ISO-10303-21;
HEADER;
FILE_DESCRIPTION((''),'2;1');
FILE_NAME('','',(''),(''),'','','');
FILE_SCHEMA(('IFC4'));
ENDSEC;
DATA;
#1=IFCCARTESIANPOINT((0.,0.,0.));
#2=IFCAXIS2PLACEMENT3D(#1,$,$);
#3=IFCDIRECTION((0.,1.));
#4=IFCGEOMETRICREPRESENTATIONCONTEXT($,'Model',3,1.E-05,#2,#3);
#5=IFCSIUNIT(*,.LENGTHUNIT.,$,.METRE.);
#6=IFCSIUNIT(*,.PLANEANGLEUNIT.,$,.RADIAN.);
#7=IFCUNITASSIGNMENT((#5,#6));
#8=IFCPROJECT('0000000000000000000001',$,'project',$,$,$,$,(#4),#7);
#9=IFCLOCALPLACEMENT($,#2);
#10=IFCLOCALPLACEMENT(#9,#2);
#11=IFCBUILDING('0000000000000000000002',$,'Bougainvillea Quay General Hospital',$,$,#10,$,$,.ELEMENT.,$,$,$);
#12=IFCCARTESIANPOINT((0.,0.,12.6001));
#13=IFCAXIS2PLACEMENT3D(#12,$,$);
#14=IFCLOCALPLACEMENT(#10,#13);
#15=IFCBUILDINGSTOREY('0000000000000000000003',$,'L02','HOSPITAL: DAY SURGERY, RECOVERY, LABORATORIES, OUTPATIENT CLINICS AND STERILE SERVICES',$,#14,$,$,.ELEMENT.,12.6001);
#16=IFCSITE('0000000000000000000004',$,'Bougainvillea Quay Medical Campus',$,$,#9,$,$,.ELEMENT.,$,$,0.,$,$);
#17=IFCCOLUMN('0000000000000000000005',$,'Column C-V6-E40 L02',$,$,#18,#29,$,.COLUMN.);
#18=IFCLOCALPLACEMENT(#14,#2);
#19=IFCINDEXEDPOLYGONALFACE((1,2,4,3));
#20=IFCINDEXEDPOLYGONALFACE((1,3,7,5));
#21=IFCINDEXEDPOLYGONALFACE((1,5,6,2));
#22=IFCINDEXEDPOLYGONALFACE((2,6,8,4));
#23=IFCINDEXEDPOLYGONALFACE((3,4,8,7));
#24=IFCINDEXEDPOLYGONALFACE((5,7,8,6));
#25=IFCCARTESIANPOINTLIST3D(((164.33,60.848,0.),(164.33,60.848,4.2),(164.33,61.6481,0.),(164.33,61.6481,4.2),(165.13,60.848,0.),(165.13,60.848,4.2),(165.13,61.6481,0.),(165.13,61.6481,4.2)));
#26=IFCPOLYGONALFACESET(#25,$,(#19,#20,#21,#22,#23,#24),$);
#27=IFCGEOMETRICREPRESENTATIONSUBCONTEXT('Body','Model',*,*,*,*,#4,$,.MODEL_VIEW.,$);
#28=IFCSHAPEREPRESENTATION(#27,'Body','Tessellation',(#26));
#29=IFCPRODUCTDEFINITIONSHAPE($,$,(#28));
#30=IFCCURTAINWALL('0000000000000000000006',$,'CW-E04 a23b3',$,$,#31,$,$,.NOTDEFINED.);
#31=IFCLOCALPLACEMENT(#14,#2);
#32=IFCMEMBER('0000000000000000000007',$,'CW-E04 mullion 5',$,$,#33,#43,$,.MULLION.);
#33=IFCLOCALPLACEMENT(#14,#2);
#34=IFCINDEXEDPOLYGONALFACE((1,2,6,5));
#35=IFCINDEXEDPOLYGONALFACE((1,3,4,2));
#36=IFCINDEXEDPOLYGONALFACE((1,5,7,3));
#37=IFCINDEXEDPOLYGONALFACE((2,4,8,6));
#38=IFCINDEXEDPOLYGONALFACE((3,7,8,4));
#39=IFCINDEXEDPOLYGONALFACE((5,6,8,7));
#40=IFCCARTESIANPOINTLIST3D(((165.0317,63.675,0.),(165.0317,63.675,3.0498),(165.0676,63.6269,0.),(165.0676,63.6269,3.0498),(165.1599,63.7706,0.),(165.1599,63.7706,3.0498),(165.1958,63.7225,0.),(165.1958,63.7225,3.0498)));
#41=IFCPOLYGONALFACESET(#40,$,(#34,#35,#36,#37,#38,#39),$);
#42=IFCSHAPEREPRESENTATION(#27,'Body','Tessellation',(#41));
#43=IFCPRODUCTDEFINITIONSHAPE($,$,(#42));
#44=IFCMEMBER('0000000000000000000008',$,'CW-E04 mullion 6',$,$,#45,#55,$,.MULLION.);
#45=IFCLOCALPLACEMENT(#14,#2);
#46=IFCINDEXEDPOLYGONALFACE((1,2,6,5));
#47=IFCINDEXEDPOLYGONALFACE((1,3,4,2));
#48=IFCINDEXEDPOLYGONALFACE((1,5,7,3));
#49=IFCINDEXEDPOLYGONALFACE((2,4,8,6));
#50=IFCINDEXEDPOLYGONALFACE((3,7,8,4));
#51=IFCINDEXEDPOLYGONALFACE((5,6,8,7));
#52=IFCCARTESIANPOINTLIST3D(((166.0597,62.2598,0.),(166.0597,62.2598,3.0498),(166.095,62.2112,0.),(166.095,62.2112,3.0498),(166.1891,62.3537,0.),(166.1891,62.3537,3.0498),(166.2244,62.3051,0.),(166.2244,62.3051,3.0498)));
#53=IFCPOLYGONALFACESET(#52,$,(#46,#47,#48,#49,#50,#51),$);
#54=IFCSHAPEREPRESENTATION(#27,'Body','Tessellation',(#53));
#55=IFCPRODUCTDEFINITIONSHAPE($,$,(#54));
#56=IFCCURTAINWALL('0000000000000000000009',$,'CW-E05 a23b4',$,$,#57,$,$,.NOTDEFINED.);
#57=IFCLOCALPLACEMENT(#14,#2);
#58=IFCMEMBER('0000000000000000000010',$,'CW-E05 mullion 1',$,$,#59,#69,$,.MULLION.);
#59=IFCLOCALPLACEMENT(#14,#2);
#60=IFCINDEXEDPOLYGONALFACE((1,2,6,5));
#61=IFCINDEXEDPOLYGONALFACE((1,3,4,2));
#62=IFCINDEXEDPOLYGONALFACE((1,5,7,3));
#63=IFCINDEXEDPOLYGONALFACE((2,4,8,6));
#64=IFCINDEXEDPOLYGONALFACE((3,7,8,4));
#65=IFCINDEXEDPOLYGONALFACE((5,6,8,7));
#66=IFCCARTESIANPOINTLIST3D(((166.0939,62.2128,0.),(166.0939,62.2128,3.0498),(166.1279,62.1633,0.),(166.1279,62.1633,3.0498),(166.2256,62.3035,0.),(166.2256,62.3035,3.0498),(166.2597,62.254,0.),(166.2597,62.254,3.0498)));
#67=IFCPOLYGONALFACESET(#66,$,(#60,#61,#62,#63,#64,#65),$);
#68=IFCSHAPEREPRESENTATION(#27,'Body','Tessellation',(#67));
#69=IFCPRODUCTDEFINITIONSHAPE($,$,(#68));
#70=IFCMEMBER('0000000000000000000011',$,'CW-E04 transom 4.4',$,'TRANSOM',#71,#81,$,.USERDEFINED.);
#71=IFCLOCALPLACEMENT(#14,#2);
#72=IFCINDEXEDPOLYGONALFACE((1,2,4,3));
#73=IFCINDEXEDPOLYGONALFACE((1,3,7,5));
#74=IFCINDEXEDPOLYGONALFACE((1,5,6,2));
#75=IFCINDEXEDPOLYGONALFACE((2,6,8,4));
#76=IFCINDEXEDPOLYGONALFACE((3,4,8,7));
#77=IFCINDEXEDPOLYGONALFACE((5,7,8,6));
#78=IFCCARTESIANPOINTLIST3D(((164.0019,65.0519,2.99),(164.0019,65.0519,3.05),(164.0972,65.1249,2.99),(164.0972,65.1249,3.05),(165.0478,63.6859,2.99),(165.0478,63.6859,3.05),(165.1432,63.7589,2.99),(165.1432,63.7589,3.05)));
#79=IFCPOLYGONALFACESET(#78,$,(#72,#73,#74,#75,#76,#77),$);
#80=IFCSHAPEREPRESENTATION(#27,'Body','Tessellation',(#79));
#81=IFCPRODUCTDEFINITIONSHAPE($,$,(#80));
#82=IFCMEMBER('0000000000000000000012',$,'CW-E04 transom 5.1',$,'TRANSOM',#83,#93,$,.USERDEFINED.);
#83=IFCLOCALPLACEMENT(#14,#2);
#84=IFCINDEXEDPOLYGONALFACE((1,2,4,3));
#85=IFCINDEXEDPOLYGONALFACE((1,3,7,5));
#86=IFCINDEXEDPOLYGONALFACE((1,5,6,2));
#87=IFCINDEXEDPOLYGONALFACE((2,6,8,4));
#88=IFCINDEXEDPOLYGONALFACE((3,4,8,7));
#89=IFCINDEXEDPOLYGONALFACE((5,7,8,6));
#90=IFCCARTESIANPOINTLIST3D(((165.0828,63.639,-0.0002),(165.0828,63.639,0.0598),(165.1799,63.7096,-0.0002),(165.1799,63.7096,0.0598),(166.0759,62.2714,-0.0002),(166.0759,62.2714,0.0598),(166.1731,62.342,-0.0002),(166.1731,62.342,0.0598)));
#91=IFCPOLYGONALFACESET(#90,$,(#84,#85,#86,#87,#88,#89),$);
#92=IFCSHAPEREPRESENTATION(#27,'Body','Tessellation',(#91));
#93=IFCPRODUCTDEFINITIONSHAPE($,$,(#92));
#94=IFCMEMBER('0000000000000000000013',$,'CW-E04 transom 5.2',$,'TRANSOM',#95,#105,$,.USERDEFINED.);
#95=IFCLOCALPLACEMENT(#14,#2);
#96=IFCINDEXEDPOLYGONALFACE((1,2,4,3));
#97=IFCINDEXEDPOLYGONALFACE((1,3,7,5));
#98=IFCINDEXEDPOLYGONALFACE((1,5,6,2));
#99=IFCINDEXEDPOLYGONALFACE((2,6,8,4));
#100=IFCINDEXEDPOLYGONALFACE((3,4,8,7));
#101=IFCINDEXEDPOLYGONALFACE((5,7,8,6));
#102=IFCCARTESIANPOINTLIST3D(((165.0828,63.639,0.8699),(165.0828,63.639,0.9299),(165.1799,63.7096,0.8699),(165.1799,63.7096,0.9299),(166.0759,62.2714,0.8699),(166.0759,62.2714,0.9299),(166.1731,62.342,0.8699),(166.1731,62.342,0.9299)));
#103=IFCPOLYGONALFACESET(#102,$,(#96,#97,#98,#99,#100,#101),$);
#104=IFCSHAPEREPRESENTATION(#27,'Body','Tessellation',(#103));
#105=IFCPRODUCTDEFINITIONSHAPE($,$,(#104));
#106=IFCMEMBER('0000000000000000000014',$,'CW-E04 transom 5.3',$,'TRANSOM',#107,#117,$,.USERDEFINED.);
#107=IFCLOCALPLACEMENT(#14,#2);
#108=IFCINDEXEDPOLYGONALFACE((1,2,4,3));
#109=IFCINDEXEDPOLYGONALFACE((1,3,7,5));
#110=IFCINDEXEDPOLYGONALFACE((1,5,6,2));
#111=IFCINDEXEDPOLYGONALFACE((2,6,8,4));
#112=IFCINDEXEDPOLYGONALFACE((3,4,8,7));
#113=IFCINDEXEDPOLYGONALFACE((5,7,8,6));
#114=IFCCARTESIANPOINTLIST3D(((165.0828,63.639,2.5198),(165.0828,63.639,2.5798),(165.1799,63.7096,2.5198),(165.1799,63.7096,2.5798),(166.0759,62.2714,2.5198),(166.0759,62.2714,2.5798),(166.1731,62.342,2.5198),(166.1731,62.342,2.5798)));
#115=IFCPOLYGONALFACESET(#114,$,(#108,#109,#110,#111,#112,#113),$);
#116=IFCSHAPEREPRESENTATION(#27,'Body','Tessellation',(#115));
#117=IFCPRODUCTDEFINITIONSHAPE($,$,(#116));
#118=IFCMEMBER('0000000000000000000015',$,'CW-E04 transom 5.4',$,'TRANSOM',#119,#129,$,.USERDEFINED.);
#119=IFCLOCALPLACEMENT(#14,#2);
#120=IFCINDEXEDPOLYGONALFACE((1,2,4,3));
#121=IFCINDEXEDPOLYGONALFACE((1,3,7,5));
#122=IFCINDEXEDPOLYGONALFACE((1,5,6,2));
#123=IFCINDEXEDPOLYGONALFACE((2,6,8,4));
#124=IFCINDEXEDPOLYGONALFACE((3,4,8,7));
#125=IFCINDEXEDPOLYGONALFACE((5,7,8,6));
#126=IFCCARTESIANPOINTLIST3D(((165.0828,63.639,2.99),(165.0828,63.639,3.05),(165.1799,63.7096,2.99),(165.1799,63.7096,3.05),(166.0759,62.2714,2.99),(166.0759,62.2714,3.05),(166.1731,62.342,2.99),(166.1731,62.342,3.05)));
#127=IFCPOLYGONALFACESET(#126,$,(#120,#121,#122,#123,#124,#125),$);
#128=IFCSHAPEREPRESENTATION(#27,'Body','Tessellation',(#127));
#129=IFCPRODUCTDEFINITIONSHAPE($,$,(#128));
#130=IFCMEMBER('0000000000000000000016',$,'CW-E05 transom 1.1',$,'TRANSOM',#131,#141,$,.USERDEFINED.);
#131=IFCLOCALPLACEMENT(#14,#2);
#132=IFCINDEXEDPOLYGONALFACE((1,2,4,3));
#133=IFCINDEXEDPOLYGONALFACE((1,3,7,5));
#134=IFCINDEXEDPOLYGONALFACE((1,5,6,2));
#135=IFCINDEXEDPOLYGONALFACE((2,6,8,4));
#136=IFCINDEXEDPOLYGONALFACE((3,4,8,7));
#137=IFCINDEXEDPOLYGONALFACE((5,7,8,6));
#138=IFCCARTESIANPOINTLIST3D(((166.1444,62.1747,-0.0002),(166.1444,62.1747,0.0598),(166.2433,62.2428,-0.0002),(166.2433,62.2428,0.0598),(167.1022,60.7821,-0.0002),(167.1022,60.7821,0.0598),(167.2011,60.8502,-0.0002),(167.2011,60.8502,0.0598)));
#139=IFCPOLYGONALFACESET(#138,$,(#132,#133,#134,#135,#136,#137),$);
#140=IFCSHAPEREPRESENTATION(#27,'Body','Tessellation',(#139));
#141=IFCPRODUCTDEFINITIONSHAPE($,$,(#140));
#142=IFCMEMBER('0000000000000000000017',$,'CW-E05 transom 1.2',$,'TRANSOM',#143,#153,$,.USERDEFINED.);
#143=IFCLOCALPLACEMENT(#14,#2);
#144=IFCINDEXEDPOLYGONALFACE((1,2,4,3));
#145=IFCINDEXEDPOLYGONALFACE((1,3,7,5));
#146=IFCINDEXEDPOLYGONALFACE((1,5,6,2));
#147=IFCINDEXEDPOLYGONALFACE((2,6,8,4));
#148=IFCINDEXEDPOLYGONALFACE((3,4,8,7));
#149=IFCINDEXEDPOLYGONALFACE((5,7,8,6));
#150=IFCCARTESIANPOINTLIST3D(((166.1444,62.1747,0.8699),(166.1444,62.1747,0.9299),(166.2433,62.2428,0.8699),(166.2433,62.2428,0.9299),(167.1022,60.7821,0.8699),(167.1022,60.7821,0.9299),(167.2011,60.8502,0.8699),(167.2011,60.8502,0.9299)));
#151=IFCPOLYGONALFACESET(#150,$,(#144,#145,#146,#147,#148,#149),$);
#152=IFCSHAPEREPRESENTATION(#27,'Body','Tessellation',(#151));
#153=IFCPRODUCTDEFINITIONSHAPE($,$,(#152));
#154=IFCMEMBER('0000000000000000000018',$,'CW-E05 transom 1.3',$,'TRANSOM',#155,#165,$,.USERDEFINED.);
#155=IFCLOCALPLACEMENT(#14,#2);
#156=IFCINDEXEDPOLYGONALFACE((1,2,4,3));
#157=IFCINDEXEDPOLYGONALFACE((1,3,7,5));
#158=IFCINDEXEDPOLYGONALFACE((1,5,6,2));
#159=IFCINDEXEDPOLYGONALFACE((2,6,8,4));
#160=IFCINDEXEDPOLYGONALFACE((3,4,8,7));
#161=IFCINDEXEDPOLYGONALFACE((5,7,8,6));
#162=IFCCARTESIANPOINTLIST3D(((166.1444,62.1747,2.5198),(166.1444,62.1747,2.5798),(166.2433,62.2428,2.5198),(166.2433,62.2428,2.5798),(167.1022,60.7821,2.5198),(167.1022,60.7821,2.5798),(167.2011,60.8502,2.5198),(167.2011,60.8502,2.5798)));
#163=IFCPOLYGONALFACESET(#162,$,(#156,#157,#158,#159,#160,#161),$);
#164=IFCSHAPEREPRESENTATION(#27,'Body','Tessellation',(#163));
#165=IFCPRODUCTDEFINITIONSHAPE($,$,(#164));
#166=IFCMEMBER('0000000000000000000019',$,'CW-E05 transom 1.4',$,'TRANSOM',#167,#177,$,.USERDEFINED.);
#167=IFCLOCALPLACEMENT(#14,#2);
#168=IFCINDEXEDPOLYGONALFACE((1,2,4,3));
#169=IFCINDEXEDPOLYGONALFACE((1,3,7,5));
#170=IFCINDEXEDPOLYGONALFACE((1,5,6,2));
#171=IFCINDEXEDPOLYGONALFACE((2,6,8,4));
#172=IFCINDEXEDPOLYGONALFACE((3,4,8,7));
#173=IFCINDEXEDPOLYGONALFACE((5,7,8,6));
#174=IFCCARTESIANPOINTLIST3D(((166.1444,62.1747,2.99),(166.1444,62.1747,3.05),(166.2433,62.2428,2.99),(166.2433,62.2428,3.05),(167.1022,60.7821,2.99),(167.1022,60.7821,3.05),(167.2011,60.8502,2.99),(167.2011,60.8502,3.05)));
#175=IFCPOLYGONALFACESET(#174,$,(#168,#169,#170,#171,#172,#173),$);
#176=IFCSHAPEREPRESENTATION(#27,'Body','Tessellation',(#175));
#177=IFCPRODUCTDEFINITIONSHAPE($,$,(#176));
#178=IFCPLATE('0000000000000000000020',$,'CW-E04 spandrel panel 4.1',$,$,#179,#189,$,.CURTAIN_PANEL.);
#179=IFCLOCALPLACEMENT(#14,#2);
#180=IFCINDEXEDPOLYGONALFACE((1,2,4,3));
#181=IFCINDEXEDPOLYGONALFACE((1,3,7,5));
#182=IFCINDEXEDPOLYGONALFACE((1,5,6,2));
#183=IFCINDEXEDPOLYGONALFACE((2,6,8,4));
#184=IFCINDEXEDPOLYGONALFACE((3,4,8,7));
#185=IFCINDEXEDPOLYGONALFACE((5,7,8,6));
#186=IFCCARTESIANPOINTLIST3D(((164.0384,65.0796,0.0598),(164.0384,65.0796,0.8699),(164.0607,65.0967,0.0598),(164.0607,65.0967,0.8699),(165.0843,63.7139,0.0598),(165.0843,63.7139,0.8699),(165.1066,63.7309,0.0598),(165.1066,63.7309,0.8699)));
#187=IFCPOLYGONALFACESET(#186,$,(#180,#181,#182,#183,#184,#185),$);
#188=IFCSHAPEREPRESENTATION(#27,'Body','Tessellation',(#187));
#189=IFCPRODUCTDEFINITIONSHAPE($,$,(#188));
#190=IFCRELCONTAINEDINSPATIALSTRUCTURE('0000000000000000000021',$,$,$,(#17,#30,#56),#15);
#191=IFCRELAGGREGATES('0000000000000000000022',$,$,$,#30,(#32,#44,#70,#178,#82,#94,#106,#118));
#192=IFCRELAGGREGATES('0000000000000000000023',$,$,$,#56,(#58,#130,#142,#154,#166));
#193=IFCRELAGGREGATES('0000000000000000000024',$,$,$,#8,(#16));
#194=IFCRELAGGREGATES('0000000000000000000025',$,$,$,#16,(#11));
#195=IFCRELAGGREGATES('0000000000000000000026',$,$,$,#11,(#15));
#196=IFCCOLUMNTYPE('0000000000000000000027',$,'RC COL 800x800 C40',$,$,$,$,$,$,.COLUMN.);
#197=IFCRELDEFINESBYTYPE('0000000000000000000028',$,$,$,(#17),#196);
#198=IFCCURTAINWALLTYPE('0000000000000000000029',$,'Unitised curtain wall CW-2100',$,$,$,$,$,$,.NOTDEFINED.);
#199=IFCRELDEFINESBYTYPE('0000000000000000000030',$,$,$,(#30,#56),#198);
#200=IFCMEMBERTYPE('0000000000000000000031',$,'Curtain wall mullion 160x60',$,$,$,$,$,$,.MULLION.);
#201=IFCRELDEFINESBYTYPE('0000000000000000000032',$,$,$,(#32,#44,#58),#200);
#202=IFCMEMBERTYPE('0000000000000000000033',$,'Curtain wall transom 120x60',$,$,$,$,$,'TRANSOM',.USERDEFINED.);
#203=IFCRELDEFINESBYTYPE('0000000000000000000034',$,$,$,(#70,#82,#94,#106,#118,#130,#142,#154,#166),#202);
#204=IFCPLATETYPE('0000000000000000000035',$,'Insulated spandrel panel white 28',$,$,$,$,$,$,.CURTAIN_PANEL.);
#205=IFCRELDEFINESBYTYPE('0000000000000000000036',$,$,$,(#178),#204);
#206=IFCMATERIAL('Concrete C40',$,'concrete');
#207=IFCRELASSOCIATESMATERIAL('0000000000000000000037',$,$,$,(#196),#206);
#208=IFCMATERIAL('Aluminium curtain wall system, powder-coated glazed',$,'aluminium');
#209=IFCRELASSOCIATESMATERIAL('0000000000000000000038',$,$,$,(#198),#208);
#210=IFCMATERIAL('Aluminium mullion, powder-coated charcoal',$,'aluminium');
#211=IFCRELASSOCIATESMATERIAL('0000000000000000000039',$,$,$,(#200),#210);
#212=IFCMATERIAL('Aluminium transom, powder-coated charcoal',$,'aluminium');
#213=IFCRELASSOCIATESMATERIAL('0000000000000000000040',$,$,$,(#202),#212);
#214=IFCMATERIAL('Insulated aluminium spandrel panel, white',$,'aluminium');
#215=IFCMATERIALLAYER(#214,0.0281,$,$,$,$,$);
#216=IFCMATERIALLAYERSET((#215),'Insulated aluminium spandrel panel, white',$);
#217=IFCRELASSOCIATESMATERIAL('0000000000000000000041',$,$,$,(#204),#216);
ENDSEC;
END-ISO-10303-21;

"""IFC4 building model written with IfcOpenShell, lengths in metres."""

from ifc_helpers import new_model, si_unit, direction, frame, origin, origin_2d, place, context, subcontext, project, spatial, rectangle, extrude, material, layer, layer_set, material_profile, profile_set, type_object, element, aggregate, save


model = new_model("IFC4")

# Units and contexts
model_context = context("Model", 3, precision=1e-05, world=origin(), true_north=direction((0.0, 1.0)))
body_context = subcontext(model_context, "Body", "Model", "MODEL_VIEW")
ifc_project = project(units=[si_unit("LENGTHUNIT", "METRE"), si_unit("PLANEANGLEUNIT", "RADIAN")], contexts=[model_context])

# Site, building, storey
site_placement = place(None, origin())
site = spatial("IfcSite", under=ifc_project, at=site_placement, Name="Bougainvillea Quay Medical Campus", CompositionType="ELEMENT", RefElevation=0.0)
building_placement = place(site_placement, origin())
building = spatial("IfcBuilding", under=site, at=building_placement, Name="Bougainvillea Quay General Hospital", CompositionType="ELEMENT")
storey_placement = place(building_placement, frame((0.0, 0.0, 12.6001)))
storey = spatial("IfcBuildingStorey", under=building, at=storey_placement, Name="L02", Description="HOSPITAL: DAY SURGERY, RECOVERY, LABORATORIES, OUTPATIENT CLINICS AND STERILE SERVICES", CompositionType="ELEMENT", Elevation=12.6001)

# Column
ifc_material_1 = material(Name="Concrete C40", Category="concrete")
ifc_material_profile_1 = material_profile(ifc_material_1, rectangle(XDim=0.8, YDim=0.8, at=origin_2d()))
ifc_profile_set_1 = profile_set([ifc_material_profile_1], Name="Concrete C40")
column_type = type_object("IfcColumnType", Name="RC COL 800x800 C40", PredefinedType="COLUMN", material=ifc_profile_set_1)
column_placement = place(storey_placement, frame((164.73, 61.248, 0.0), z_axis=(0.0, 0.0, 1.0), x_axis=(1.0, 0.0, 0.0)))
element("IfcColumn", 1, at=column_placement, inside=storey, type_object=column_type, Name="Column C-V6-E40 L02", PredefinedType="COLUMN", context=body_context, shape_type="SweptSolid", body=[
    extrude(rectangle(XDim=0.8, YDim=0.8, at=origin_2d()), origin(), (0.0, 0.0, 1.0), 4.2),
])

# Curtain wall, members
ifc_material_2 = material(Name="Aluminium curtain wall system, powder-coated glazed", Category="aluminium")
curtain_wall_type = type_object("IfcCurtainWallType", Name="Unitised curtain wall CW-2100", PredefinedType="NOTDEFINED", material=ifc_material_2)
curtain_wall_1_placement = place(storey_placement, origin())
curtain_wall_1 = element("IfcCurtainWall", 2, at=curtain_wall_1_placement, inside=storey, type_object=curtain_wall_type, Name="CW-E04 a23b3", PredefinedType="NOTDEFINED")
ifc_material_3 = material(Name="Aluminium mullion, powder-coated charcoal", Category="aluminium")
ifc_material_profile_2 = material_profile(ifc_material_3, rectangle(XDim=0.1599, YDim=0.0601, at=origin_2d()))
ifc_profile_set_2 = profile_set([ifc_material_profile_2], Name="Aluminium mullion, powder-coated charcoal")
member_type_1 = type_object("IfcMemberType", Name="Curtain wall mullion 160x60", PredefinedType="MULLION", material=ifc_profile_set_2)
member_1_placement = place(storey_placement, frame((165.1138, 63.6987, 0.0), z_axis=(0.0, 0.0, 1.0), x_axis=(0.801625, 0.597827, 0.0)))
member_1 = element("IfcMember", 3, at=member_1_placement, type_object=member_type_1, Name="CW-E04 mullion 5", PredefinedType="MULLION", context=body_context, shape_type="SweptSolid", body=[
    extrude(rectangle(XDim=0.1599, YDim=0.0601, at=origin_2d()), origin(), (0.0, 0.0, 1.0), 3.0498),
])
member_2_placement = place(storey_placement, frame((166.1421, 62.2825, 0.0), z_axis=(0.0, 0.0, 1.0), x_axis=(0.809189, 0.587548, 0.0)))
member_2 = element("IfcMember", 4, at=member_2_placement, type_object=member_type_1, Name="CW-E04 mullion 6", PredefinedType="MULLION", context=body_context, shape_type="SweptSolid", body=[
    extrude(rectangle(XDim=0.1599, YDim=0.0601, at=origin_2d()), origin(), (0.0, 0.0, 1.0), 3.0498),
])

# Curtain wall, member
curtain_wall_2_placement = place(storey_placement, origin())
curtain_wall_2 = element("IfcCurtainWall", 5, at=curtain_wall_2_placement, inside=storey, type_object=curtain_wall_type, Name="CW-E05 a23b4", PredefinedType="NOTDEFINED")
member_3_placement = place(storey_placement, frame((166.1768, 62.2334, 0.0), z_axis=(0.0, 0.0, 1.0), x_axis=(0.823921, 0.566705, 0.0)))
member_3 = element("IfcMember", 6, at=member_3_placement, type_object=member_type_1, Name="CW-E05 mullion 1", PredefinedType="MULLION", context=body_context, shape_type="SweptSolid", body=[
    extrude(rectangle(XDim=0.1599, YDim=0.0601, at=origin_2d()), origin(), (0.0, 0.0, 1.0), 3.0498),
])

# Members
ifc_material_4 = material(Name="Aluminium transom, powder-coated charcoal", Category="aluminium")
ifc_material_profile_3 = material_profile(ifc_material_4, rectangle(XDim=0.1201, YDim=0.0601, at=origin_2d()))
ifc_profile_set_3 = profile_set([ifc_material_profile_3], Name="Aluminium transom, powder-coated charcoal")
member_type_2 = type_object("IfcMemberType", Name="Curtain wall transom 120x60", ElementType="TRANSOM", PredefinedType="USERDEFINED", material=ifc_profile_set_3)
member_4_placement = place(storey_placement, frame((164.0496, 65.0884, 3.02), z_axis=(0.60794, -0.793983, 0.0), x_axis=(0.793983, 0.60794, 0.0)))
member_4 = element("IfcMember", 7, at=member_4_placement, type_object=member_type_2, Name="CW-E04 transom 4.4", ObjectType="TRANSOM", PredefinedType="USERDEFINED", context=body_context, shape_type="SweptSolid", body=[
    extrude(rectangle(XDim=0.1201, YDim=0.0601, at=origin_2d()), origin(), (0.0, 0.0, 1.0), 1.7205),
])
member_5_placement = place(storey_placement, frame((165.1313, 63.6743, 0.0298), z_axis=(0.587588, -0.809161, 0.0), x_axis=(0.809161, 0.587588, 0.0)))
member_5 = element("IfcMember", 8, at=member_5_placement, type_object=member_type_2, Name="CW-E04 transom 5.1", ObjectType="TRANSOM", PredefinedType="USERDEFINED", context=body_context, shape_type="SweptSolid", body=[
    extrude(rectangle(XDim=0.1201, YDim=0.0601, at=origin_2d()), origin(), (0.0, 0.0, 1.0), 1.6902),
])
member_6_placement = place(storey_placement, frame((165.1313, 63.6743, 0.8999), z_axis=(0.587588, -0.809161, 0.0), x_axis=(0.809161, 0.587588, 0.0)))
member_6 = element("IfcMember", 9, at=member_6_placement, type_object=member_type_2, Name="CW-E04 transom 5.2", ObjectType="TRANSOM", PredefinedType="USERDEFINED", context=body_context, shape_type="SweptSolid", body=[
    extrude(rectangle(XDim=0.1201, YDim=0.0601, at=origin_2d()), origin(), (0.0, 0.0, 1.0), 1.6902),
])
member_7_placement = place(storey_placement, frame((165.1313, 63.6743, 2.5498), z_axis=(0.587588, -0.809161, 0.0), x_axis=(0.809161, 0.587588, 0.0)))
member_7 = element("IfcMember", 10, at=member_7_placement, type_object=member_type_2, Name="CW-E04 transom 5.3", ObjectType="TRANSOM", PredefinedType="USERDEFINED", context=body_context, shape_type="SweptSolid", body=[
    extrude(rectangle(XDim=0.1201, YDim=0.0601, at=origin_2d()), origin(), (0.0, 0.0, 1.0), 1.6902),
])
member_8_placement = place(storey_placement, frame((165.1313, 63.6743, 3.02), z_axis=(0.587588, -0.809161, 0.0), x_axis=(0.809161, 0.587588, 0.0)))
member_8 = element("IfcMember", 11, at=member_8_placement, type_object=member_type_2, Name="CW-E04 transom 5.4", ObjectType="TRANSOM", PredefinedType="USERDEFINED", context=body_context, shape_type="SweptSolid", body=[
    extrude(rectangle(XDim=0.1201, YDim=0.0601, at=origin_2d()), origin(), (0.0, 0.0, 1.0), 1.6902),
])
member_9_placement = place(storey_placement, frame((166.1938, 62.2087, 0.0298), z_axis=(0.566676, -0.823941, 0.0), x_axis=(0.823941, 0.566676, 0.0)))
member_9 = element("IfcMember", 12, at=member_9_placement, type_object=member_type_2, Name="CW-E05 transom 1.1", ObjectType="TRANSOM", PredefinedType="USERDEFINED", context=body_context, shape_type="SweptSolid", body=[
    extrude(rectangle(XDim=0.1201, YDim=0.0601, at=origin_2d()), origin(), (0.0, 0.0, 1.0), 1.6902),
])
member_10_placement = place(storey_placement, frame((166.1938, 62.2087, 0.8999), z_axis=(0.566676, -0.823941, 0.0), x_axis=(0.823941, 0.566676, 0.0)))
member_10 = element("IfcMember", 13, at=member_10_placement, type_object=member_type_2, Name="CW-E05 transom 1.2", ObjectType="TRANSOM", PredefinedType="USERDEFINED", context=body_context, shape_type="SweptSolid", body=[
    extrude(rectangle(XDim=0.1201, YDim=0.0601, at=origin_2d()), origin(), (0.0, 0.0, 1.0), 1.6902),
])
member_11_placement = place(storey_placement, frame((166.1938, 62.2087, 2.5498), z_axis=(0.566676, -0.823941, 0.0), x_axis=(0.823941, 0.566676, 0.0)))
member_11 = element("IfcMember", 14, at=member_11_placement, type_object=member_type_2, Name="CW-E05 transom 1.3", ObjectType="TRANSOM", PredefinedType="USERDEFINED", context=body_context, shape_type="SweptSolid", body=[
    extrude(rectangle(XDim=0.1201, YDim=0.0601, at=origin_2d()), origin(), (0.0, 0.0, 1.0), 1.6902),
])
member_12_placement = place(storey_placement, frame((166.1938, 62.2087, 3.02), z_axis=(0.566676, -0.823941, 0.0), x_axis=(0.823941, 0.566676, 0.0)))
member_12 = element("IfcMember", 15, at=member_12_placement, type_object=member_type_2, Name="CW-E05 transom 1.4", ObjectType="TRANSOM", PredefinedType="USERDEFINED", context=body_context, shape_type="SweptSolid", body=[
    extrude(rectangle(XDim=0.1201, YDim=0.0601, at=origin_2d()), origin(), (0.0, 0.0, 1.0), 1.6902),
])

# Plate
ifc_material_5 = material(Name="Insulated aluminium spandrel panel, white", Category="aluminium")
ifc_layer_1 = layer(ifc_material_5, 0.0281)
ifc_layer_set_1 = layer_set([ifc_layer_1], Name="Insulated aluminium spandrel panel, white")
plate_type_1 = type_object("IfcPlateType", Name="Insulated spandrel panel white 28", PredefinedType="CURTAIN_PANEL", material=ifc_layer_set_1)
plate_1_placement = place(storey_placement, frame((164.5725, 64.4053, 0.0598), z_axis=(0.0, 0.0, 1.0), x_axis=(0.608008, -0.793931, 0.0)))
plate_1 = element("IfcPlate", 16, at=plate_1_placement, type_object=plate_type_1, Name="CW-E04 spandrel panel 4.1", PredefinedType="CURTAIN_PANEL", context=body_context, shape_type="SweptSolid", body=[
    extrude(rectangle(XDim=1.7202, YDim=0.0281, at=origin_2d()), origin(), (0.0, 0.0, 1.0), 0.8101),
])
aggregate(curtain_wall_1, [member_1, member_2, member_4, plate_1, member_5, member_6, member_7, member_8])
aggregate(curtain_wall_2, [member_3, member_9, member_10, member_11, member_12])

save(model, "model.ifc")
